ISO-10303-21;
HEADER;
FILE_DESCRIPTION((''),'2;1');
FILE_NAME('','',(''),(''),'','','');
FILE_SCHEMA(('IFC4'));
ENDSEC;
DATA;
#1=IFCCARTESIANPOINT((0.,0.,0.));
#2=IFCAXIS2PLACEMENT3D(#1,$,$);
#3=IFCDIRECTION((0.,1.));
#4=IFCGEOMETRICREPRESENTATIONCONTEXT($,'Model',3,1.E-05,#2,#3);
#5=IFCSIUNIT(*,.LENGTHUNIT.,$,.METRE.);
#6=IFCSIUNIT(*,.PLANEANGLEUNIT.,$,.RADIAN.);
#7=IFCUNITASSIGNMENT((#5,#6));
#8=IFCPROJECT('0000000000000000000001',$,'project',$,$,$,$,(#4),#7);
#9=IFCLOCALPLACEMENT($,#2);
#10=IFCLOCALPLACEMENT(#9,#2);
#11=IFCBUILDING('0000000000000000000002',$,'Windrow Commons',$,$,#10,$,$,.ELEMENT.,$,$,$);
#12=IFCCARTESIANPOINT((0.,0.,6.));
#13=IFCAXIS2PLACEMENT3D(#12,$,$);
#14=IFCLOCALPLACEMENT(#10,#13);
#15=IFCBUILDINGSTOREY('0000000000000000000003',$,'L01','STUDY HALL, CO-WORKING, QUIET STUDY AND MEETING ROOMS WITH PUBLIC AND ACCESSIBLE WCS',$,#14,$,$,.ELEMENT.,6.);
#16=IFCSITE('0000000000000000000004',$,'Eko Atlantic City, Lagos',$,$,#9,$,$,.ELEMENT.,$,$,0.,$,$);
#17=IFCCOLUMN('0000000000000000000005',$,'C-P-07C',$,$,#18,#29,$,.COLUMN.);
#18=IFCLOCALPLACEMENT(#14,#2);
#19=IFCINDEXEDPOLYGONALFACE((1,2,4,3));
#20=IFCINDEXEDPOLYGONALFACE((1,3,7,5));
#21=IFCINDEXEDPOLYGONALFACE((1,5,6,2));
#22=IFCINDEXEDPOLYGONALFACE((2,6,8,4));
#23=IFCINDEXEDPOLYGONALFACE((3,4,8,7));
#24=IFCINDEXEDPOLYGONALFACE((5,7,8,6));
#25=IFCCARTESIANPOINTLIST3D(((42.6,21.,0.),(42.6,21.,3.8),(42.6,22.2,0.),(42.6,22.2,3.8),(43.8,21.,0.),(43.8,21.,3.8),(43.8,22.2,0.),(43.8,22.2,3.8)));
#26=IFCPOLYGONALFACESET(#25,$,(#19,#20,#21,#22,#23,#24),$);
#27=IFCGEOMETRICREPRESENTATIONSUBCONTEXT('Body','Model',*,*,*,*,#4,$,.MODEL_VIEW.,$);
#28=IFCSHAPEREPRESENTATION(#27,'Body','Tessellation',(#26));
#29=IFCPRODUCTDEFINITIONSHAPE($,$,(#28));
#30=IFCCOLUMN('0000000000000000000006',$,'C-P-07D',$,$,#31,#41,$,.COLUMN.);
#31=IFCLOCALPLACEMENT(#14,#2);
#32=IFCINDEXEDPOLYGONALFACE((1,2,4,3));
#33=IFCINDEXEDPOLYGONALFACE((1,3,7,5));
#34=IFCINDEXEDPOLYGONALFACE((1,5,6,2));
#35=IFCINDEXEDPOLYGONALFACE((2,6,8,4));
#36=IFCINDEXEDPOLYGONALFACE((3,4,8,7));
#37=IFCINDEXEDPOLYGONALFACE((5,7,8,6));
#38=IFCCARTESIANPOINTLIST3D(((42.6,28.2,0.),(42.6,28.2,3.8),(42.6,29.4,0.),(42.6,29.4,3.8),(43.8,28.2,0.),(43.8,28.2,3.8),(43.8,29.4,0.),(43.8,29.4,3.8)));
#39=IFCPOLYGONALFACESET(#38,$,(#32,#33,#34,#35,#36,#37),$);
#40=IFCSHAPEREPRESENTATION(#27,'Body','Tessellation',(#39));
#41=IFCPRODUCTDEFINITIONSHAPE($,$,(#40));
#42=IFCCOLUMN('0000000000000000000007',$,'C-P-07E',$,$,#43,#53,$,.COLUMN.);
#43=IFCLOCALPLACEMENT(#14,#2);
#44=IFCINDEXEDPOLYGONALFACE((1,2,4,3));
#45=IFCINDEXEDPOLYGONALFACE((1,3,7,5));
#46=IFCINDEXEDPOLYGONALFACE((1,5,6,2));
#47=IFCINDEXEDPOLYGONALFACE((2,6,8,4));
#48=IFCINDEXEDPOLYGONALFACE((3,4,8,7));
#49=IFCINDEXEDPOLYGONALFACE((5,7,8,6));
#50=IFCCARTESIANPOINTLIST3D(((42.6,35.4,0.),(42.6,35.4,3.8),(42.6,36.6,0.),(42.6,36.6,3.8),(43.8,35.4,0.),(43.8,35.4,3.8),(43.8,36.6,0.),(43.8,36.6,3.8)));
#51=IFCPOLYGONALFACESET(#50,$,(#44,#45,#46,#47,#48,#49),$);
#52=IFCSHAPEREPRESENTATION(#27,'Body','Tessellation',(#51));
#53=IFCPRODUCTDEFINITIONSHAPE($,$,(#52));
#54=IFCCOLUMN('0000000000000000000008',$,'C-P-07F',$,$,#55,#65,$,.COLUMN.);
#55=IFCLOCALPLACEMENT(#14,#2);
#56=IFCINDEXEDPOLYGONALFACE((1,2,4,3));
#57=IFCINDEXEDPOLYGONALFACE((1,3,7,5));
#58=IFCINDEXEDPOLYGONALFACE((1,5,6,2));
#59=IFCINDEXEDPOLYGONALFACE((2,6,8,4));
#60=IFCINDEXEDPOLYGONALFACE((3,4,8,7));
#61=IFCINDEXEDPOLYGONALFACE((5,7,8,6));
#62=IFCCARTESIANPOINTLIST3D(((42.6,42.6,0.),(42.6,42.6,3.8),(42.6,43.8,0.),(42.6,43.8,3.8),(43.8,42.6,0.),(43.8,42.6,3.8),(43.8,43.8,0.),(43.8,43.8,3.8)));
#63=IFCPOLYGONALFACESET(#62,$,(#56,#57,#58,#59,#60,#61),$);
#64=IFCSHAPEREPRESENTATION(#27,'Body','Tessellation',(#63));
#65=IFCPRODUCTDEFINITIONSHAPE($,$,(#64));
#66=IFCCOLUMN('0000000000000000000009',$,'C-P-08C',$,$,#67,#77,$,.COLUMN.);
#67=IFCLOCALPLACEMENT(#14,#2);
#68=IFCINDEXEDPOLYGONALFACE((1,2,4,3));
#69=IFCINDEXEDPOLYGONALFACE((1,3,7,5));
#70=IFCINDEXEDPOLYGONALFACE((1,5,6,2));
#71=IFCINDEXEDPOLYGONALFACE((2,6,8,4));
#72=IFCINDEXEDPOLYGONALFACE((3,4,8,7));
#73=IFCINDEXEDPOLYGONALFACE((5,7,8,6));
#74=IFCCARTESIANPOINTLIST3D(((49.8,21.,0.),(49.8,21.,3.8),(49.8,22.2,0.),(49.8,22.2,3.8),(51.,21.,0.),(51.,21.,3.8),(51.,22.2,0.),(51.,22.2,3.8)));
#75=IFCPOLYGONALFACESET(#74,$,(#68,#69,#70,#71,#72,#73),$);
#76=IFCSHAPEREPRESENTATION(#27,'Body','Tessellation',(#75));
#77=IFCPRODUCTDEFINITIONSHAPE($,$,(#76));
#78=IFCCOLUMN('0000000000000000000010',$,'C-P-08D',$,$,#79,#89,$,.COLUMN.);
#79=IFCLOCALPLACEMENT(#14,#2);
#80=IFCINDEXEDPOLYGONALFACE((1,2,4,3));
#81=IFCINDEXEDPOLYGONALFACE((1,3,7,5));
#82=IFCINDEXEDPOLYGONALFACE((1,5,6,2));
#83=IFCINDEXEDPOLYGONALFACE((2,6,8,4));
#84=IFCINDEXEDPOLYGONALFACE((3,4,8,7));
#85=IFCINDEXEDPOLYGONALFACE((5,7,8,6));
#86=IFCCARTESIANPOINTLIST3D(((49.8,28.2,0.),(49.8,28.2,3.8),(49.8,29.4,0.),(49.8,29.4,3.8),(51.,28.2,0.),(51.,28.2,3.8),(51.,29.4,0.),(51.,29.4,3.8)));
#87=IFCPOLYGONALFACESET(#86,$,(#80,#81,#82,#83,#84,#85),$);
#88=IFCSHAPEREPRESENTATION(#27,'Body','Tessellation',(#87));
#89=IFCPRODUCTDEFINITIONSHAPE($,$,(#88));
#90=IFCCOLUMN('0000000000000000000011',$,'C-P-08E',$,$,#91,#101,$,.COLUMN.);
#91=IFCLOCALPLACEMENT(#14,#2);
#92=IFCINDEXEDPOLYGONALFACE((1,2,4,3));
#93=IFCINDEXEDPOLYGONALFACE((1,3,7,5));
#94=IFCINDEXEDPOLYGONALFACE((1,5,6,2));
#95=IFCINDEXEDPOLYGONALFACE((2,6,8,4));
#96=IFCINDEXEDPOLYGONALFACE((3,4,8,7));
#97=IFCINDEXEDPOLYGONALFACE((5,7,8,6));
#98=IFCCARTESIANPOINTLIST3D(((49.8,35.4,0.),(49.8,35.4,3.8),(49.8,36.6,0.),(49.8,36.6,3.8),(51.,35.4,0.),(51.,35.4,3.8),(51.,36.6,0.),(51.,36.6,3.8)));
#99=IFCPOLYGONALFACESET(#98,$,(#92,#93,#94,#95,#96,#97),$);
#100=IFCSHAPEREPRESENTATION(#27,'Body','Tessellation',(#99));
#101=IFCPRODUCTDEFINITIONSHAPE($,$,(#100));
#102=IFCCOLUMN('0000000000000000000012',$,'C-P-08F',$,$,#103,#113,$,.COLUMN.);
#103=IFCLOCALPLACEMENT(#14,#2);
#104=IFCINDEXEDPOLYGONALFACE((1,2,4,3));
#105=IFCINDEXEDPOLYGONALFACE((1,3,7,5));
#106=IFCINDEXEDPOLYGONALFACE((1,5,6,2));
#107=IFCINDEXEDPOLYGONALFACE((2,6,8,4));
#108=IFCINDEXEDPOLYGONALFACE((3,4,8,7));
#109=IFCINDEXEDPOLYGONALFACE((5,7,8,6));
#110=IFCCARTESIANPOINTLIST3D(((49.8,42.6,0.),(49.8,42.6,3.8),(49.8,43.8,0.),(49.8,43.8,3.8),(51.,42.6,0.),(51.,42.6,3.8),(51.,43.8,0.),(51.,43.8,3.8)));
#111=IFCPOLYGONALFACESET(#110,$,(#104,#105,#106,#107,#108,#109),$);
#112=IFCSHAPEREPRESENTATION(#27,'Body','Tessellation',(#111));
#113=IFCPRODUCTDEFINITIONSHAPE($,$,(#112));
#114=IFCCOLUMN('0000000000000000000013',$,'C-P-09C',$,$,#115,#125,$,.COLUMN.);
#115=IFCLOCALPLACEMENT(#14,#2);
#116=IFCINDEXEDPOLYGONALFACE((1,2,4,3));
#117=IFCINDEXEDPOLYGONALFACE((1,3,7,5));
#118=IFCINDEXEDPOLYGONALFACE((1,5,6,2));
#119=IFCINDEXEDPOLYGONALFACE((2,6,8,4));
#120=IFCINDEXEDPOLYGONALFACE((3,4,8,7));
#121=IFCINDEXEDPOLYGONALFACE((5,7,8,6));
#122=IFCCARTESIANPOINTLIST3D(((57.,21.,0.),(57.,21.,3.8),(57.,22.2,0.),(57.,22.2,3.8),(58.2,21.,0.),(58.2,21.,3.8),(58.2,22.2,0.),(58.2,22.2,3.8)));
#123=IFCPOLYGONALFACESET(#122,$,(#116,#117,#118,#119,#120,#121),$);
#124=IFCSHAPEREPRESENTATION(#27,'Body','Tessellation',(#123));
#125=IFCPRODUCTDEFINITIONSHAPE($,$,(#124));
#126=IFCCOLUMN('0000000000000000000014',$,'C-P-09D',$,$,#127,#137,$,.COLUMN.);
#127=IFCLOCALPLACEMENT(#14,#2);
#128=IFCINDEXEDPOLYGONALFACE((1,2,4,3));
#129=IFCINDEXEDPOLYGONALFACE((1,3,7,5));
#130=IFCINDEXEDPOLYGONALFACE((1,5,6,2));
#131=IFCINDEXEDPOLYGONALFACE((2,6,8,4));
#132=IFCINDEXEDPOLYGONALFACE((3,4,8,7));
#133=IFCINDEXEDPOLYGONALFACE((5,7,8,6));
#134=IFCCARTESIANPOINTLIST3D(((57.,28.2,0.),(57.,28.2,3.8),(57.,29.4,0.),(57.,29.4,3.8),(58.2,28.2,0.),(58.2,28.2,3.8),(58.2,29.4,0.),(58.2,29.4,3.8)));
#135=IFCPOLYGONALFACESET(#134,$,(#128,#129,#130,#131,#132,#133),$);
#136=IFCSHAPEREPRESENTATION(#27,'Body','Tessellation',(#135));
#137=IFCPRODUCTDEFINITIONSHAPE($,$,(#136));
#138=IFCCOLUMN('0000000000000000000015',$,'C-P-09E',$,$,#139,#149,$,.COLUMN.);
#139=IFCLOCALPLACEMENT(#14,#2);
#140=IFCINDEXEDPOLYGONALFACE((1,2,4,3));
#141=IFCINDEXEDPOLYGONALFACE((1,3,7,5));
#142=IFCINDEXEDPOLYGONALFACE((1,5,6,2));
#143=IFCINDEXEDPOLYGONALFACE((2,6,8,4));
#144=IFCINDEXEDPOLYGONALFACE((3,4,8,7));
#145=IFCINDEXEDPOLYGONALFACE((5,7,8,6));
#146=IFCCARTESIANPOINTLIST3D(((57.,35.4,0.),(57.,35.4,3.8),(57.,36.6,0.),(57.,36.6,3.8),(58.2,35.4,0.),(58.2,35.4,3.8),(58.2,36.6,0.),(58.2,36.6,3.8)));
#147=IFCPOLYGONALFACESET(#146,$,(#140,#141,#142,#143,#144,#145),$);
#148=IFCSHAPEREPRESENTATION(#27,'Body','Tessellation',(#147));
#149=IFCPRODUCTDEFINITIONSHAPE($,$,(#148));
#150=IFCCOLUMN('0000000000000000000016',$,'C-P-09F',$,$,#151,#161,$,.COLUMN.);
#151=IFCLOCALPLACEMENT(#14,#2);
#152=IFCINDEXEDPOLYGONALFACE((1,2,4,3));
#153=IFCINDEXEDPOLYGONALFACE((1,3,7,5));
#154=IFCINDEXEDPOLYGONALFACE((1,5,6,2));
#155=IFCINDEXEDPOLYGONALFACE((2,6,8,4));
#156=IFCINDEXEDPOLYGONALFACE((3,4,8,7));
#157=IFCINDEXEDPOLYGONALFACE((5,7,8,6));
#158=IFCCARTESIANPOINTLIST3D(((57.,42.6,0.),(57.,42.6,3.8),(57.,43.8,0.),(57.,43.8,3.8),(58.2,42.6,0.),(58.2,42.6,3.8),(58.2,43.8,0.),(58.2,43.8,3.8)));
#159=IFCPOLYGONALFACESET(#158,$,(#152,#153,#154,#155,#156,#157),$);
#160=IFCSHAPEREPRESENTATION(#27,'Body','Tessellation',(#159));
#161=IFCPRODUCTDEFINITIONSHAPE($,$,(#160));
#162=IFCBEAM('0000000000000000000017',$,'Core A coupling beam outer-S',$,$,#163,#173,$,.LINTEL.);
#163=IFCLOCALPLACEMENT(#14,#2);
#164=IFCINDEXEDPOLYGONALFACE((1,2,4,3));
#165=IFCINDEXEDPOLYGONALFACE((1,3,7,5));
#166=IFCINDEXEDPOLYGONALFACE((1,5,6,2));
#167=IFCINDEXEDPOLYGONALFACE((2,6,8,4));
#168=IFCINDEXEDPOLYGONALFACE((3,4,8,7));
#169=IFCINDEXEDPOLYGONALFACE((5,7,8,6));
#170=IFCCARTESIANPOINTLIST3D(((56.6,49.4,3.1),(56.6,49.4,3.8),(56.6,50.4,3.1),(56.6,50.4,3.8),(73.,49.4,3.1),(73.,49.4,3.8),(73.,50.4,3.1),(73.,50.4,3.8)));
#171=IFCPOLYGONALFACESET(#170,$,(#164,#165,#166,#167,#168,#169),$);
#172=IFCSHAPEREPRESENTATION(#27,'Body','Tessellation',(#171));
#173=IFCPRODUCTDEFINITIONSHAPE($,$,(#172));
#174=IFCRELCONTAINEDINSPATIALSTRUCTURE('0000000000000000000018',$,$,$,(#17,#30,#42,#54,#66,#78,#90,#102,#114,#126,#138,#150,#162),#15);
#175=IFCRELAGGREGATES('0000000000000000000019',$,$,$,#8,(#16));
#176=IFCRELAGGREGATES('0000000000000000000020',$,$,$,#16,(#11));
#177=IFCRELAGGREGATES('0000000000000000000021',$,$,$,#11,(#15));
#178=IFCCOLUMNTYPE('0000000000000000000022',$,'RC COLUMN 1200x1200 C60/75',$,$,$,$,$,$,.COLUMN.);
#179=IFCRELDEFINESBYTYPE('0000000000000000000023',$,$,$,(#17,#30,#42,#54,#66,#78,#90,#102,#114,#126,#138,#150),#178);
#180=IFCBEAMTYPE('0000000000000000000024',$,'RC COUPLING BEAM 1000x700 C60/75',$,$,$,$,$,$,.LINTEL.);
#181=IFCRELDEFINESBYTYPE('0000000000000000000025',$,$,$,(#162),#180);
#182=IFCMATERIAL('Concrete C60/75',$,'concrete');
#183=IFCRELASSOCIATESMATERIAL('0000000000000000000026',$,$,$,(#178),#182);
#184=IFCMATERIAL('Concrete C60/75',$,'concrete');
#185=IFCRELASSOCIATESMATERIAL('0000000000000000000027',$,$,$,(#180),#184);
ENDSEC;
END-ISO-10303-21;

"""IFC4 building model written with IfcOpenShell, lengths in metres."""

from ifc_helpers import new_model, si_unit, direction, frame, origin, origin_2d, place, context, subcontext, project, spatial, rectangle, extrude, material, material_profile, profile_set, type_object, element, save


model = new_model("IFC4")

# Units and contexts
model_context = context("Model", 3, precision=1e-05, world=origin(), true_north=direction((0.0, 1.0)))
body_context = subcontext(model_context, "Body", "Model", "MODEL_VIEW")
ifc_project = project(units=[si_unit("LENGTHUNIT", "METRE"), si_unit("PLANEANGLEUNIT", "RADIAN")], contexts=[model_context])

# Site, building, storey
site_placement = place(None, origin())
site = spatial("IfcSite", under=ifc_project, at=site_placement, Name="Eko Atlantic City, Lagos", CompositionType="ELEMENT", RefElevation=0.0)
building_placement = place(site_placement, origin())
building = spatial("IfcBuilding", under=site, at=building_placement, Name="Windrow Commons", CompositionType="ELEMENT")
storey_placement = place(building_placement, frame((0.0, 0.0, 6.0)))
storey = spatial("IfcBuildingStorey", under=building, at=storey_placement, Name="L01", Description="STUDY HALL, CO-WORKING, QUIET STUDY AND MEETING ROOMS WITH PUBLIC AND ACCESSIBLE WCS", CompositionType="ELEMENT", Elevation=6.0)

# Columns
ifc_material_1 = material(Name="Concrete C60/75", Category="concrete")
ifc_material_profile_1 = material_profile(ifc_material_1, rectangle(XDim=1.2, YDim=1.2, at=origin_2d()))
ifc_profile_set_1 = profile_set([ifc_material_profile_1], Name="Concrete C60/75")
column_type = type_object("IfcColumnType", Name="RC COLUMN 1200x1200 C60/75", PredefinedType="COLUMN", material=ifc_profile_set_1)
for number, where, z_axis, x_axis, name in (
    (1, (43.2, 21.6, 0.0), (0.0, 0.0, 1.0), (1.0, 0.0, 0.0), "C-P-07C"),
    (2, (43.2, 28.8, 0.0), (0.0, 0.0, 1.0), (1.0, 0.0, 0.0), "C-P-07D"),
    (3, (43.2, 36.0, 0.0), (0.0, 0.0, 1.0), (1.0, 0.0, 0.0), "C-P-07E"),
    (4, (43.2, 43.2, 0.0), (0.0, 0.0, 1.0), (1.0, 0.0, 0.0), "C-P-07F"),
    (5, (50.4, 21.6, 0.0), (0.0, 0.0, 1.0), (1.0, 0.0, 0.0), "C-P-08C"),
    (6, (50.4, 28.8, 0.0), (0.0, 0.0, 1.0), (1.0, 0.0, 0.0), "C-P-08D"),
    (7, (50.4, 36.0, 0.0), (0.0, 0.0, 1.0), (1.0, 0.0, 0.0), "C-P-08E"),
    (8, (50.4, 43.2, 0.0), (0.0, 0.0, 1.0), (1.0, 0.0, 0.0), "C-P-08F"),
    (9, (57.6, 21.6, 0.0), (0.0, 0.0, 1.0), (1.0, 0.0, 0.0), "C-P-09C"),
    (10, (57.6, 28.8, 0.0), (0.0, 0.0, 1.0), (1.0, 0.0, 0.0), "C-P-09D"),
    (11, (57.6, 36.0, 0.0), (0.0, 0.0, 1.0), (1.0, 0.0, 0.0), "C-P-09E"),
    (12, (57.6, 43.2, 0.0), (0.0, 0.0, 1.0), (1.0, 0.0, 0.0), "C-P-09F"),
):
    element("IfcColumn", number, at=place(storey_placement, frame(where, z_axis=z_axis, x_axis=x_axis)), inside=storey, type_object=column_type, Name=name, PredefinedType="COLUMN", context=body_context, shape_type="SweptSolid", body=[
        extrude(rectangle(XDim=1.2, YDim=1.2, at=origin_2d()), origin(), (0.0, 0.0, 1.0), 3.8),
    ])

# Beam
ifc_material_2 = material(Name="Concrete C60/75", Category="concrete")
ifc_material_profile_2 = material_profile(ifc_material_2, rectangle(XDim=1.0, YDim=0.7, at=origin_2d()))
ifc_profile_set_2 = profile_set([ifc_material_profile_2], Name="Concrete C60/75")
beam_type = type_object("IfcBeamType", Name="RC COUPLING BEAM 1000x700 C60/75", PredefinedType="LINTEL", material=ifc_profile_set_2)
beam_placement = place(storey_placement, frame((56.6, 49.9, 3.45), z_axis=(1.0, 0.0, 0.0), x_axis=(0.0, 1.0, 0.0)))
element("IfcBeam", 13, at=beam_placement, inside=storey, type_object=beam_type, Name="Core A coupling beam outer-S", PredefinedType="LINTEL", context=body_context, shape_type="SweptSolid", body=[
    extrude(rectangle(XDim=1.0, YDim=0.7, at=origin_2d()), origin(), (0.0, 0.0, 1.0), 16.4),
])

save(model, "model.ifc")
